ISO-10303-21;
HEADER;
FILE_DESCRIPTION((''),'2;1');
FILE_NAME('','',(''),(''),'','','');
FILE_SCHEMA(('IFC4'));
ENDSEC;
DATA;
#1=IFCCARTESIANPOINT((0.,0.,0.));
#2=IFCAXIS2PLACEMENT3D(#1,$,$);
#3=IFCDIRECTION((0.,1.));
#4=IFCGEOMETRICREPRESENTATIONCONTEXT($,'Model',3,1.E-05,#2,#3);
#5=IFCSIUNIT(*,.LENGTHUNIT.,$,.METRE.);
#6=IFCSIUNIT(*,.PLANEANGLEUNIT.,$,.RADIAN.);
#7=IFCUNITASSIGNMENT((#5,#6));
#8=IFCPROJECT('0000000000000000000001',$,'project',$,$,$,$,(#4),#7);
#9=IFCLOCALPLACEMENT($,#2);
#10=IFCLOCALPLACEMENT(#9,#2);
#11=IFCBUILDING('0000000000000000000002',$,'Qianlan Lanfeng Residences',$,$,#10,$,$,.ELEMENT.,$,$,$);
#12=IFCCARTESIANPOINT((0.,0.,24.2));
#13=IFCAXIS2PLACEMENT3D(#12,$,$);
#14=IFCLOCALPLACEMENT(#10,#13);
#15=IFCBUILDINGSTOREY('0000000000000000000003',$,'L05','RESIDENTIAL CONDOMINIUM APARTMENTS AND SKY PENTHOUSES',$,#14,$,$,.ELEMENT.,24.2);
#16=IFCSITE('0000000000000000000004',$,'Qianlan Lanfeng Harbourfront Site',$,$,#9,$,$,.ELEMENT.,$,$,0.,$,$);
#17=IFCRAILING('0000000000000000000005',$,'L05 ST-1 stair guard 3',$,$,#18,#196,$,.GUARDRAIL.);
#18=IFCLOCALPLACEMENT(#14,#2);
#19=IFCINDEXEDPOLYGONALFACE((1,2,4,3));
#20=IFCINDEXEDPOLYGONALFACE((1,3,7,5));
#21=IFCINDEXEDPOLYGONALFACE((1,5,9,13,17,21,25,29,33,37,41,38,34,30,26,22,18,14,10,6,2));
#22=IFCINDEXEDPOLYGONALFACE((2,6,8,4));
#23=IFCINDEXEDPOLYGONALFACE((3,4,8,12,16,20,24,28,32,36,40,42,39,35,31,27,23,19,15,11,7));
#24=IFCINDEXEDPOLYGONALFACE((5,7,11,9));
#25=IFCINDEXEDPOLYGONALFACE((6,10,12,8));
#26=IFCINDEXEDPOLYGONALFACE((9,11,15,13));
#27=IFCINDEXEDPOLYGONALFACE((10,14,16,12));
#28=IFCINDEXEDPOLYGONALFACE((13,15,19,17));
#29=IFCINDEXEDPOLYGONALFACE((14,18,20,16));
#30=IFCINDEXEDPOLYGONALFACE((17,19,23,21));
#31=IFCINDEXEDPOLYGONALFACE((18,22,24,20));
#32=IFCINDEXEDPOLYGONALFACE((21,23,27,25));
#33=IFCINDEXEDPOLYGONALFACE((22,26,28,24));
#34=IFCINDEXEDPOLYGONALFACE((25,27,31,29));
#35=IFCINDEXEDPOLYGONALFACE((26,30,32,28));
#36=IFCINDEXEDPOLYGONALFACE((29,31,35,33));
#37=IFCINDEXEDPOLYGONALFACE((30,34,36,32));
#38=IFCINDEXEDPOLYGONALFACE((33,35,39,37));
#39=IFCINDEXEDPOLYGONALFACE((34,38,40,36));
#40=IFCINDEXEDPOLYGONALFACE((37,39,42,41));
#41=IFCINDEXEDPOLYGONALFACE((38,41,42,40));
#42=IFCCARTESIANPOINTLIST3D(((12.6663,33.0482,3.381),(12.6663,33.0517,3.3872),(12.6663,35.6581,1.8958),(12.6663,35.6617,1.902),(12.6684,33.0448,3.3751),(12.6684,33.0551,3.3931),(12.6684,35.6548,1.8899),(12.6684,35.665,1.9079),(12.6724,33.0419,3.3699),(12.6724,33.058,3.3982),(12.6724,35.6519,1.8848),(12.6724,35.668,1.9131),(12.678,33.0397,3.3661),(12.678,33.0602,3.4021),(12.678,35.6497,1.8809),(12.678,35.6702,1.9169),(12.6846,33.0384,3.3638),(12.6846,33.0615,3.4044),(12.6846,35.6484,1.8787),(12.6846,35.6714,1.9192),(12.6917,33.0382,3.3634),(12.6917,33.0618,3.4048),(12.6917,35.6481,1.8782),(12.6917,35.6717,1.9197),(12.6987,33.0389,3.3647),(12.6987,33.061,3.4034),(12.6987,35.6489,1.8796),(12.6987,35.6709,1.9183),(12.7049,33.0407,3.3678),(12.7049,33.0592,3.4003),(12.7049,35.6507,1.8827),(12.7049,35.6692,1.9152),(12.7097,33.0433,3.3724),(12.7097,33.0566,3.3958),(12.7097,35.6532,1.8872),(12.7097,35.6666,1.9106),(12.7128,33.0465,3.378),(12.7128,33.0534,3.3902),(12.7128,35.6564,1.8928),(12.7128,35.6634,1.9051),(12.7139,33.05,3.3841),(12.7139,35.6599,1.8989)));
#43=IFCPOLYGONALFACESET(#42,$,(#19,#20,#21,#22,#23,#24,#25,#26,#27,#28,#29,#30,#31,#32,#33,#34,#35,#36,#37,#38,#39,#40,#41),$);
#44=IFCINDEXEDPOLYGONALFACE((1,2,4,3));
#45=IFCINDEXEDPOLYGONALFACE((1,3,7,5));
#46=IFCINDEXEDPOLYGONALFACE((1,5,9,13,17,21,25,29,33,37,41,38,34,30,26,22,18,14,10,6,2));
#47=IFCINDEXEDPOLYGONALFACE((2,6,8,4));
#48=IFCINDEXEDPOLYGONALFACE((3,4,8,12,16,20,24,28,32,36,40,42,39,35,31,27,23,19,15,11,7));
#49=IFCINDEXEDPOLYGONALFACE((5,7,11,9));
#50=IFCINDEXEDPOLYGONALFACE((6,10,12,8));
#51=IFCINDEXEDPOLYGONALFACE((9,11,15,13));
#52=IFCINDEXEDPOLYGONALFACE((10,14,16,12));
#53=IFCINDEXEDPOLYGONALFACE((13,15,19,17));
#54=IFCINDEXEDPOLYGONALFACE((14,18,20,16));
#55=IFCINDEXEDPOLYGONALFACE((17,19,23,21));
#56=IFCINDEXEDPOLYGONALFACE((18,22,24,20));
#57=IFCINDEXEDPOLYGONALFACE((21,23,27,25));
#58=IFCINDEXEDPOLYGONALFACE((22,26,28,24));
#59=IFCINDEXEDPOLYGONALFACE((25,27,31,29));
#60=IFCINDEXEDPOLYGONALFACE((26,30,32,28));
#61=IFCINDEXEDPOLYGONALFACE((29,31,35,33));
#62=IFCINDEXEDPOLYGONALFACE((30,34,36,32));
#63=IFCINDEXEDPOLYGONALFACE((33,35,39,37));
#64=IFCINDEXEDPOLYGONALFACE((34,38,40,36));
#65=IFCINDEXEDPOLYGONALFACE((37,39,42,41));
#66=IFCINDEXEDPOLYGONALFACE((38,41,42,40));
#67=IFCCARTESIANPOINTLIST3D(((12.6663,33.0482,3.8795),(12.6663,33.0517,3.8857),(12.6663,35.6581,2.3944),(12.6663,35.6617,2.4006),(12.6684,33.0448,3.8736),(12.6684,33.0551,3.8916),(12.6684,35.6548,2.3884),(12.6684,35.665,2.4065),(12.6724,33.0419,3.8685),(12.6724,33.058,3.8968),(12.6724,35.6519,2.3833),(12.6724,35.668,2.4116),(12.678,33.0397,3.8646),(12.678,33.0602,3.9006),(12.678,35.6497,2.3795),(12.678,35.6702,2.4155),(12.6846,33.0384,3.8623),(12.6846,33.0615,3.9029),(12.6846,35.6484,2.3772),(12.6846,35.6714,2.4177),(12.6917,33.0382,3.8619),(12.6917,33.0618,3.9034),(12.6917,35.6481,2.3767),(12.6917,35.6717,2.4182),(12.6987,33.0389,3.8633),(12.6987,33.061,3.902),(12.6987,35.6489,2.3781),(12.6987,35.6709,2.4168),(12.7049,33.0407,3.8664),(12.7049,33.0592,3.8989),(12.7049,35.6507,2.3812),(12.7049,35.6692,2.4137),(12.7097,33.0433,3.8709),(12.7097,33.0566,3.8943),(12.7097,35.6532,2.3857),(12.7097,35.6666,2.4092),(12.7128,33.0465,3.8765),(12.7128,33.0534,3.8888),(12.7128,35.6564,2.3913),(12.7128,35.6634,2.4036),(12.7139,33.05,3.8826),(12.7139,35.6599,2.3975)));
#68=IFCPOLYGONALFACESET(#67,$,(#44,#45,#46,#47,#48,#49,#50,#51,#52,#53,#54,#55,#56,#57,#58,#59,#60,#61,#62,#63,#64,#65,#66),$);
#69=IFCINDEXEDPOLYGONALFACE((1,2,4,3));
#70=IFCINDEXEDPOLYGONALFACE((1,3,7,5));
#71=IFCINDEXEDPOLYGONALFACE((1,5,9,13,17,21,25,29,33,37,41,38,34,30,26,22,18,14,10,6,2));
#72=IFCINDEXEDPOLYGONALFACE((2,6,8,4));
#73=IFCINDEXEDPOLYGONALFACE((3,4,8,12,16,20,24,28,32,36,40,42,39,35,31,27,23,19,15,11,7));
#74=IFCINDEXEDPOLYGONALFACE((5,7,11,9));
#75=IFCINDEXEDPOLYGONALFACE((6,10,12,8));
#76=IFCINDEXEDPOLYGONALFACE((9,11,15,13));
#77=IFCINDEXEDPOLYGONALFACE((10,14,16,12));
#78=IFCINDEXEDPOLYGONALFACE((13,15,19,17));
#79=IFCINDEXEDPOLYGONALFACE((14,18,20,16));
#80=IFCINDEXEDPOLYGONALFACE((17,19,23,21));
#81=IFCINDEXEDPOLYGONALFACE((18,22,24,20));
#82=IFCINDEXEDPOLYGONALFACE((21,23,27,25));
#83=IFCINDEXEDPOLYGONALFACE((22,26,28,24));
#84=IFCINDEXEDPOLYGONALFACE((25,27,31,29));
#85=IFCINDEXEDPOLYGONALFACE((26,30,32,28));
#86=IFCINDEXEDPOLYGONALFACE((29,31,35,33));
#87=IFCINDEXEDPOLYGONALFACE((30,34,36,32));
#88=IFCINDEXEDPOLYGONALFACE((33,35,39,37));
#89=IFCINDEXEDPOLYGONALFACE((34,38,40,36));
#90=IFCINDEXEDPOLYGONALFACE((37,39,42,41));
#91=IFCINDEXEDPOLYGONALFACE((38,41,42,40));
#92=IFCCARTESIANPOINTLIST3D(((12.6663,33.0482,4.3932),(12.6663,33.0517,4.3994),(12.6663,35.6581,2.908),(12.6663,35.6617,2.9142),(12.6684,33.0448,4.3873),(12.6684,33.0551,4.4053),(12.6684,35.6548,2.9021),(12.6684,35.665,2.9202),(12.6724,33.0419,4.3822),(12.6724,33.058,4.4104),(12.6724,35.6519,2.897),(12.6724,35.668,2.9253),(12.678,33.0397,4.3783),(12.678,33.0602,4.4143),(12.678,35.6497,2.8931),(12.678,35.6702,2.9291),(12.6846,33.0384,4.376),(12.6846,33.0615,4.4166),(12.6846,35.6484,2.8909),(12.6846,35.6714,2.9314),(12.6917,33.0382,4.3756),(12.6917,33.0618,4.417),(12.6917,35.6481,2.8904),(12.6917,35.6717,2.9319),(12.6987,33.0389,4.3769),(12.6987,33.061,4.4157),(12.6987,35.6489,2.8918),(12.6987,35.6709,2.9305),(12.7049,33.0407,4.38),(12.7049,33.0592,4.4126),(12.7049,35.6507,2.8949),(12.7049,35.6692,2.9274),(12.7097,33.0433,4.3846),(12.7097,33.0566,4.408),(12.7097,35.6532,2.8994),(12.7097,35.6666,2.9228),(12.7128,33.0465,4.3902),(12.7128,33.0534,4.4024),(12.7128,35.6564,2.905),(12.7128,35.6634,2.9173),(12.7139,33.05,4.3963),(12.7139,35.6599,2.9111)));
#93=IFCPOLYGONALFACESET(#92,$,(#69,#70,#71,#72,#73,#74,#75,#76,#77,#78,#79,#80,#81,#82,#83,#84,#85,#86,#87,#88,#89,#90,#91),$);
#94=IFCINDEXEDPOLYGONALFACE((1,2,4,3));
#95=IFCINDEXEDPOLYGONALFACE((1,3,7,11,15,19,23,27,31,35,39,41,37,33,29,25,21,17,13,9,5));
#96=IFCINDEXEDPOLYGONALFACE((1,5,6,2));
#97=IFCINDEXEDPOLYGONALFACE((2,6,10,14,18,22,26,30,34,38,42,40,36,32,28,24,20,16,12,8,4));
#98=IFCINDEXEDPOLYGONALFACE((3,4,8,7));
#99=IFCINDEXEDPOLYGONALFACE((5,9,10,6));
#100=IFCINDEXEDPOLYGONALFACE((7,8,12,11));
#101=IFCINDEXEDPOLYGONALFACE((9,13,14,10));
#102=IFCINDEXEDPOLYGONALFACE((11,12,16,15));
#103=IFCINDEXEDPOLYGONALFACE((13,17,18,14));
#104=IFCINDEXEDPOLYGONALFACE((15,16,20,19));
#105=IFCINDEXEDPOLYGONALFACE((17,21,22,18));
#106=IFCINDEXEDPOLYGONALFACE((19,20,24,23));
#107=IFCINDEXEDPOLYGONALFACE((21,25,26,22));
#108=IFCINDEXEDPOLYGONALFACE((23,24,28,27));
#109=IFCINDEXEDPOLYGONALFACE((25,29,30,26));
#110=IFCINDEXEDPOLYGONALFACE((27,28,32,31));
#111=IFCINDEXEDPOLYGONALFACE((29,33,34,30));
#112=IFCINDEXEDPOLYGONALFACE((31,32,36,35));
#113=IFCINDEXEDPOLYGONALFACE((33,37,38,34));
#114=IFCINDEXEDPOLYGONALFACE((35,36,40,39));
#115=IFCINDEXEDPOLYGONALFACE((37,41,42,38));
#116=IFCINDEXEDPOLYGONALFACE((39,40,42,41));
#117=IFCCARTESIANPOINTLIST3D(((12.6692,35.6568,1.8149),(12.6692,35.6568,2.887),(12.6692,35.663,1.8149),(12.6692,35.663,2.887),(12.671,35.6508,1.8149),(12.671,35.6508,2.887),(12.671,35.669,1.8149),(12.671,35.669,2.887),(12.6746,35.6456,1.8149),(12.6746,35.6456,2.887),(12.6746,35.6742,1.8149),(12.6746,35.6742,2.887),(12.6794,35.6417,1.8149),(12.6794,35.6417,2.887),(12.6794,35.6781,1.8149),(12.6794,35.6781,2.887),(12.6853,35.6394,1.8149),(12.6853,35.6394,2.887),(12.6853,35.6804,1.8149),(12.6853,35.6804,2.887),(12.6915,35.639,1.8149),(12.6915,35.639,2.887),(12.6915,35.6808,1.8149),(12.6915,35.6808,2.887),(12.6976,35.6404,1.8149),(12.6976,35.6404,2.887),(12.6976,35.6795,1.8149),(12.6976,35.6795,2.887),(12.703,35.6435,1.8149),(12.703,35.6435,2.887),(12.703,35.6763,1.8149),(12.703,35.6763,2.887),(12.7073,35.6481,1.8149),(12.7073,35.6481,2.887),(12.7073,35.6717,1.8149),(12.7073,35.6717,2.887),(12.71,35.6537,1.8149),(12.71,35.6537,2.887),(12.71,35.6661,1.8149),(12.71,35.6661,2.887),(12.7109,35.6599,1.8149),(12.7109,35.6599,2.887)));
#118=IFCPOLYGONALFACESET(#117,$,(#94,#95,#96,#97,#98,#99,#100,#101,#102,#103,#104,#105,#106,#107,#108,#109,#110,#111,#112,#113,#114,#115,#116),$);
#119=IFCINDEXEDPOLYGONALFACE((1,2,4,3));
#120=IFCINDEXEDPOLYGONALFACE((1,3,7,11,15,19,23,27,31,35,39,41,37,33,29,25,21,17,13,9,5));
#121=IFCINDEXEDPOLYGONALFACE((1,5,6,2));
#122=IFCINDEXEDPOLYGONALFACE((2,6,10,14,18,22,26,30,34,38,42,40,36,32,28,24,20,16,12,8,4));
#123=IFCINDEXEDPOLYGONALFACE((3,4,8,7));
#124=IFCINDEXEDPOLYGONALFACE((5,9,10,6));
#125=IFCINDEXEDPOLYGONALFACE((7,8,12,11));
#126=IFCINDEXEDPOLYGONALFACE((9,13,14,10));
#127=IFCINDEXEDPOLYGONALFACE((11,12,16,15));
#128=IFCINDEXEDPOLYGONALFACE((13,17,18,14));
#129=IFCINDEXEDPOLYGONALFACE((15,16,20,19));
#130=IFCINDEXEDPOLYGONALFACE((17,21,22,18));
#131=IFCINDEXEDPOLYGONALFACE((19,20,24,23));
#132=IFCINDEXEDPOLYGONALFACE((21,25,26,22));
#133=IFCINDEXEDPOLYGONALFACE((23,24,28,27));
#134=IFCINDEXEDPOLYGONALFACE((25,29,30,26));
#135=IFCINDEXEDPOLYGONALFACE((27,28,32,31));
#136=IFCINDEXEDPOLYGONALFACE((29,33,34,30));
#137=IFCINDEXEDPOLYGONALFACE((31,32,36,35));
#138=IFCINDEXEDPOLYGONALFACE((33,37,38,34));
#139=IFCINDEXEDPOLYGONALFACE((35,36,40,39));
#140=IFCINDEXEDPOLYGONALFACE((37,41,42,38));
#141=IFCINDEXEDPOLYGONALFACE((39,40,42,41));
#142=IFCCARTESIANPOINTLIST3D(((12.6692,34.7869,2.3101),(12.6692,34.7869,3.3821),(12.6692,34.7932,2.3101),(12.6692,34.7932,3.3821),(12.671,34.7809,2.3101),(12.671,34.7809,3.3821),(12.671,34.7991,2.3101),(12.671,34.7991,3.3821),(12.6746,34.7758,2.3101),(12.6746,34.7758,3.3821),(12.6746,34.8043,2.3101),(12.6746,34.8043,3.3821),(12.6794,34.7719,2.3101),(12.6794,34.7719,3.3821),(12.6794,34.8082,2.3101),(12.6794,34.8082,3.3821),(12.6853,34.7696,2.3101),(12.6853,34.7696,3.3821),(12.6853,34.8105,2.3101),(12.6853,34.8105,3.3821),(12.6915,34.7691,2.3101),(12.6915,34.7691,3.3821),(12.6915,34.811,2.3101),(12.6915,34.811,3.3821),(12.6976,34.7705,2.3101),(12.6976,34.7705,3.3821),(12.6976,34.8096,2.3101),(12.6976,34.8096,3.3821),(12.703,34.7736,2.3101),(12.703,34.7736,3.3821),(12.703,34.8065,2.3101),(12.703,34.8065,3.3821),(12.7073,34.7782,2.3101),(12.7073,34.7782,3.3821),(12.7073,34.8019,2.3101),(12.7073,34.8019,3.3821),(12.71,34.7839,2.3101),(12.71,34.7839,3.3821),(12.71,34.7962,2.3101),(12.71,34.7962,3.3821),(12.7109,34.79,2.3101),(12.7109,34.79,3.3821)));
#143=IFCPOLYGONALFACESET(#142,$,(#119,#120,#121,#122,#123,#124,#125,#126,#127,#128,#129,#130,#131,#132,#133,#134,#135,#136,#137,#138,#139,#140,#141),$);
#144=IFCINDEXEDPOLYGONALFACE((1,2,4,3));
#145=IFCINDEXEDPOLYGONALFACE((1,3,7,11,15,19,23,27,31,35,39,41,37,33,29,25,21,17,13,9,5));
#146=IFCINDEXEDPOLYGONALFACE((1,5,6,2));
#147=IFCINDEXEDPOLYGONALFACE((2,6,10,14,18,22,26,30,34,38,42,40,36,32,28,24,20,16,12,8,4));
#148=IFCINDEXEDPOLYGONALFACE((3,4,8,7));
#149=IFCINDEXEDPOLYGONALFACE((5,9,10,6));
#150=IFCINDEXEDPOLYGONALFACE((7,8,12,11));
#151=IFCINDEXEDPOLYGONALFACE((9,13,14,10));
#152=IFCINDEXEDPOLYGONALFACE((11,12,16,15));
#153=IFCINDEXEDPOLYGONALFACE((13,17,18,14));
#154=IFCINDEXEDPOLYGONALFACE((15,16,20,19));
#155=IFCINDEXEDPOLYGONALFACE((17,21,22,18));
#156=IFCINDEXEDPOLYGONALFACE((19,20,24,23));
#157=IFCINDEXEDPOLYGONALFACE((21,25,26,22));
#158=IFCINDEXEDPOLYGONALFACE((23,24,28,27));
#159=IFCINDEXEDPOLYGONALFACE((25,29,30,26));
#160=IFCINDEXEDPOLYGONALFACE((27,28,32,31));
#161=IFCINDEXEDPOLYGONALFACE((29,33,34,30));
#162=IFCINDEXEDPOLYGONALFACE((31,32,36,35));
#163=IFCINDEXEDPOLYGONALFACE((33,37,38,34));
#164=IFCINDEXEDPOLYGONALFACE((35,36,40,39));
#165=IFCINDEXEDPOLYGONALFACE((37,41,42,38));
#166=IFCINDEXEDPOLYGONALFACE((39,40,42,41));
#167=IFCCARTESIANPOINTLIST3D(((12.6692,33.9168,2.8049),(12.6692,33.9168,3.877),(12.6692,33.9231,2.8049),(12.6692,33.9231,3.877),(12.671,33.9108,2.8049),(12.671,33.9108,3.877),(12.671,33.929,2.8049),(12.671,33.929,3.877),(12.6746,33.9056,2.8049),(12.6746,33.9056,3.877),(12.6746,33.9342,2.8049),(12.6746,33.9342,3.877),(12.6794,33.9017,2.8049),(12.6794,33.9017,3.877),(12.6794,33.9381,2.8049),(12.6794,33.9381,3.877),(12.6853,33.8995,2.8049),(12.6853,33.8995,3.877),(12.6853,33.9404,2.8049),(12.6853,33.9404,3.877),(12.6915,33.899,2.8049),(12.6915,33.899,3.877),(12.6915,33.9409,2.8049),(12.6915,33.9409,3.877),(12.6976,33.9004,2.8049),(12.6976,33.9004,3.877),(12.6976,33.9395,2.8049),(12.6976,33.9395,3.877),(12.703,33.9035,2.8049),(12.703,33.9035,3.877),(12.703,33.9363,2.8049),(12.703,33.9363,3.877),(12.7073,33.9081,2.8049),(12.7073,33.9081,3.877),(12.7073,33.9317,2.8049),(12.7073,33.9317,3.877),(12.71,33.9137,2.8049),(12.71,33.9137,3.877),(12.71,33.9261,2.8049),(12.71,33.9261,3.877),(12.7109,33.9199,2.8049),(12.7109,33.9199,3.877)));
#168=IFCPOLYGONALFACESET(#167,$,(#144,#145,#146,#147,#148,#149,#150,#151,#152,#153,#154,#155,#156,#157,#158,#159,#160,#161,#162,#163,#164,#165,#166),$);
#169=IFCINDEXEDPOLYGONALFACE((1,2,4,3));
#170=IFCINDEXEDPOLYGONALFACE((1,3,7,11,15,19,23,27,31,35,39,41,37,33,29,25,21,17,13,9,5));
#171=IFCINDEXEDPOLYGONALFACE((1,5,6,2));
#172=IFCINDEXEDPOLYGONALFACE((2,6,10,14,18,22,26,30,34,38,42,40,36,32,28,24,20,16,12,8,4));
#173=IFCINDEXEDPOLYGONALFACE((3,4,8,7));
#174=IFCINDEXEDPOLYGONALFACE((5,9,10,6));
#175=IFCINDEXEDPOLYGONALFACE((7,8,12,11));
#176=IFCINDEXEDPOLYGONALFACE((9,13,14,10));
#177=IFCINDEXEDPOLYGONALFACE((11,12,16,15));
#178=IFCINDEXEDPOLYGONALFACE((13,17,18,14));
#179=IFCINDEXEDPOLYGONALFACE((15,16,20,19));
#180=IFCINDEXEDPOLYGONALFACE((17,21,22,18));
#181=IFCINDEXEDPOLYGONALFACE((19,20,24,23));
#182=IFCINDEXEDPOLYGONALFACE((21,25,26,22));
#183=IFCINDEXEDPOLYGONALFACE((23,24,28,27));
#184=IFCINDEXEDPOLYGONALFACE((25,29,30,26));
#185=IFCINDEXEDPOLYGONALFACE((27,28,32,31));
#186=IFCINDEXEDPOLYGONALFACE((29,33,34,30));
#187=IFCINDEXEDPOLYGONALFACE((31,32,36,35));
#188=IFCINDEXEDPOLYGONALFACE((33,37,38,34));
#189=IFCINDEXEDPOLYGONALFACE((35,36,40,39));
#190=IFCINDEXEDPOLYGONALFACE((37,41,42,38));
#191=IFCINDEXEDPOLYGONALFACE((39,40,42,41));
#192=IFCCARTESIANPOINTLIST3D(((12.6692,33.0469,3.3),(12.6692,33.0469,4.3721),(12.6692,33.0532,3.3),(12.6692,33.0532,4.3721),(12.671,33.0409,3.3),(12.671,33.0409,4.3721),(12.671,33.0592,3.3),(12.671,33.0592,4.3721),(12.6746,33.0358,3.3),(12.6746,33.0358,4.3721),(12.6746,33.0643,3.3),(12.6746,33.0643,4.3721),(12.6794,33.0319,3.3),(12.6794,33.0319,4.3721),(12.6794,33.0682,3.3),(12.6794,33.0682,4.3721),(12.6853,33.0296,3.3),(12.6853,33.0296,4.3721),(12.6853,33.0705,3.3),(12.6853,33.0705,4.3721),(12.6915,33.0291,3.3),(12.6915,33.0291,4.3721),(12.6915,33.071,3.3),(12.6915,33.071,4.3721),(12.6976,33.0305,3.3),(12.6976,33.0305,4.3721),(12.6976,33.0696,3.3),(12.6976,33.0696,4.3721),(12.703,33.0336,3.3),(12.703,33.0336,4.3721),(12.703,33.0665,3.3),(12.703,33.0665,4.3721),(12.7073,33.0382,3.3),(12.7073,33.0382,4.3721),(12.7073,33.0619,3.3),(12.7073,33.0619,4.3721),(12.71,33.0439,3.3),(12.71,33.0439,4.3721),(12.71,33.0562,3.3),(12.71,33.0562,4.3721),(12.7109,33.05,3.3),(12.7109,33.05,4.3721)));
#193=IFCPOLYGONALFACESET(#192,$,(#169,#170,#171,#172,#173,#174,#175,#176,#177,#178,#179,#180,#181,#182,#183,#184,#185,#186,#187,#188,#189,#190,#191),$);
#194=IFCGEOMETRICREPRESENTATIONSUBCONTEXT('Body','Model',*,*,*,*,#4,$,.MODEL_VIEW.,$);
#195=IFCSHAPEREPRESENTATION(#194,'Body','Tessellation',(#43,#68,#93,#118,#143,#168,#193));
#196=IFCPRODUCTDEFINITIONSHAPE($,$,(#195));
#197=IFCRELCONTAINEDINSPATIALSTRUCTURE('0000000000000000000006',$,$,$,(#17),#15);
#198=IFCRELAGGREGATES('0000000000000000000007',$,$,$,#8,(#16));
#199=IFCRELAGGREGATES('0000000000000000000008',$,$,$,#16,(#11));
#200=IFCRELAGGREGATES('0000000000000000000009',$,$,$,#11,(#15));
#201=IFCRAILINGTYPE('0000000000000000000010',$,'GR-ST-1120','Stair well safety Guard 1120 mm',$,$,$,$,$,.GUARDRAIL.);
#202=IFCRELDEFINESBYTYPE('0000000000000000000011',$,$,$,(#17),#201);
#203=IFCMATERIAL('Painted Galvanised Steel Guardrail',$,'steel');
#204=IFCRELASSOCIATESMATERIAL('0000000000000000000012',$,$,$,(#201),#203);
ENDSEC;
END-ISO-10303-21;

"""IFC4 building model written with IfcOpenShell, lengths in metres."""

from ifc_helpers import new_model, si_unit, direction, frame, origin, origin_2d, place, context, subcontext, project, spatial, circle, extrude, material, type_object, element, save


model = new_model("IFC4")

# Units and contexts
model_context = context("Model", 3, precision=1e-05, world=origin(), true_north=direction((0.0, 1.0)))
body_context = subcontext(model_context, "Body", "Model", "MODEL_VIEW")
ifc_project = project(units=[si_unit("LENGTHUNIT", "METRE"), si_unit("PLANEANGLEUNIT", "RADIAN")], contexts=[model_context])

# Site, building, storey
site_placement = place(None, origin())
site = spatial("IfcSite", under=ifc_project, at=site_placement, Name="Qianlan Lanfeng Harbourfront Site", CompositionType="ELEMENT", RefElevation=0.0)
building_placement = place(site_placement, origin())
building = spatial("IfcBuilding", under=site, at=building_placement, Name="Qianlan Lanfeng Residences", CompositionType="ELEMENT")
storey_placement = place(building_placement, frame((0.0, 0.0, 24.2)))
storey = spatial("IfcBuildingStorey", under=building, at=storey_placement, Name="L05", Description="RESIDENTIAL CONDOMINIUM APARTMENTS AND SKY PENTHOUSES", CompositionType="ELEMENT", Elevation=24.2)

# Railing
ifc_material_1 = material(Name="Painted Galvanised Steel Guardrail", Category="steel")
railing_type_1 = type_object("IfcRailingType", Name="GR-ST-1120", Description="Stair well safety Guard 1120 mm", PredefinedType="GUARDRAIL", material=ifc_material_1)
railing_1_placement = place(storey_placement, frame((12.6899, 35.6599, 1.8149)))
element("IfcRailing", 1, at=railing_1_placement, inside=storey, type_object=railing_type_1, Name="L05 ST-1 stair guard 3", PredefinedType="GUARDRAIL", context=body_context, shape_type="SweptSolid", body=[
    extrude(circle(Radius=0.0239, at=origin_2d()), frame((0.0, 0.0, 0.084), z_axis=(0.0, -0.869137, 0.494571), x_axis=(1.0, 0.0, 0.0)), (0.0, 0.0, 1.0), 3.0029),
    extrude(circle(Radius=0.0239, at=origin_2d()), frame((0.0, 0.0, 0.5825), z_axis=(0.0, -0.869137, 0.494571), x_axis=(1.0, 0.0, 0.0)), (0.0, 0.0, 1.0), 3.0029),
    extrude(circle(Radius=0.0239, at=origin_2d()), frame((0.0, 0.0, 1.0962), z_axis=(0.0, -0.869137, 0.494571), x_axis=(1.0, 0.0, 0.0)), (0.0, 0.0, 1.0), 3.0029),
    extrude(circle(Radius=0.021, at=origin_2d()), origin(), (0.0, 0.0, 1.0), 1.072),
    extrude(circle(Radius=0.021, at=origin_2d()), frame((0.0, -0.8699, 0.4951)), (0.0, 0.0, 1.0), 1.072),
    extrude(circle(Radius=0.021, at=origin_2d()), frame((0.0, -1.74, 0.99)), (0.0, 0.0, 1.0), 1.072),
    extrude(circle(Radius=0.021, at=origin_2d()), frame((0.0, -2.6099, 1.4851)), (0.0, 0.0, 1.0), 1.072),
])

save(model, "model.ifc")
